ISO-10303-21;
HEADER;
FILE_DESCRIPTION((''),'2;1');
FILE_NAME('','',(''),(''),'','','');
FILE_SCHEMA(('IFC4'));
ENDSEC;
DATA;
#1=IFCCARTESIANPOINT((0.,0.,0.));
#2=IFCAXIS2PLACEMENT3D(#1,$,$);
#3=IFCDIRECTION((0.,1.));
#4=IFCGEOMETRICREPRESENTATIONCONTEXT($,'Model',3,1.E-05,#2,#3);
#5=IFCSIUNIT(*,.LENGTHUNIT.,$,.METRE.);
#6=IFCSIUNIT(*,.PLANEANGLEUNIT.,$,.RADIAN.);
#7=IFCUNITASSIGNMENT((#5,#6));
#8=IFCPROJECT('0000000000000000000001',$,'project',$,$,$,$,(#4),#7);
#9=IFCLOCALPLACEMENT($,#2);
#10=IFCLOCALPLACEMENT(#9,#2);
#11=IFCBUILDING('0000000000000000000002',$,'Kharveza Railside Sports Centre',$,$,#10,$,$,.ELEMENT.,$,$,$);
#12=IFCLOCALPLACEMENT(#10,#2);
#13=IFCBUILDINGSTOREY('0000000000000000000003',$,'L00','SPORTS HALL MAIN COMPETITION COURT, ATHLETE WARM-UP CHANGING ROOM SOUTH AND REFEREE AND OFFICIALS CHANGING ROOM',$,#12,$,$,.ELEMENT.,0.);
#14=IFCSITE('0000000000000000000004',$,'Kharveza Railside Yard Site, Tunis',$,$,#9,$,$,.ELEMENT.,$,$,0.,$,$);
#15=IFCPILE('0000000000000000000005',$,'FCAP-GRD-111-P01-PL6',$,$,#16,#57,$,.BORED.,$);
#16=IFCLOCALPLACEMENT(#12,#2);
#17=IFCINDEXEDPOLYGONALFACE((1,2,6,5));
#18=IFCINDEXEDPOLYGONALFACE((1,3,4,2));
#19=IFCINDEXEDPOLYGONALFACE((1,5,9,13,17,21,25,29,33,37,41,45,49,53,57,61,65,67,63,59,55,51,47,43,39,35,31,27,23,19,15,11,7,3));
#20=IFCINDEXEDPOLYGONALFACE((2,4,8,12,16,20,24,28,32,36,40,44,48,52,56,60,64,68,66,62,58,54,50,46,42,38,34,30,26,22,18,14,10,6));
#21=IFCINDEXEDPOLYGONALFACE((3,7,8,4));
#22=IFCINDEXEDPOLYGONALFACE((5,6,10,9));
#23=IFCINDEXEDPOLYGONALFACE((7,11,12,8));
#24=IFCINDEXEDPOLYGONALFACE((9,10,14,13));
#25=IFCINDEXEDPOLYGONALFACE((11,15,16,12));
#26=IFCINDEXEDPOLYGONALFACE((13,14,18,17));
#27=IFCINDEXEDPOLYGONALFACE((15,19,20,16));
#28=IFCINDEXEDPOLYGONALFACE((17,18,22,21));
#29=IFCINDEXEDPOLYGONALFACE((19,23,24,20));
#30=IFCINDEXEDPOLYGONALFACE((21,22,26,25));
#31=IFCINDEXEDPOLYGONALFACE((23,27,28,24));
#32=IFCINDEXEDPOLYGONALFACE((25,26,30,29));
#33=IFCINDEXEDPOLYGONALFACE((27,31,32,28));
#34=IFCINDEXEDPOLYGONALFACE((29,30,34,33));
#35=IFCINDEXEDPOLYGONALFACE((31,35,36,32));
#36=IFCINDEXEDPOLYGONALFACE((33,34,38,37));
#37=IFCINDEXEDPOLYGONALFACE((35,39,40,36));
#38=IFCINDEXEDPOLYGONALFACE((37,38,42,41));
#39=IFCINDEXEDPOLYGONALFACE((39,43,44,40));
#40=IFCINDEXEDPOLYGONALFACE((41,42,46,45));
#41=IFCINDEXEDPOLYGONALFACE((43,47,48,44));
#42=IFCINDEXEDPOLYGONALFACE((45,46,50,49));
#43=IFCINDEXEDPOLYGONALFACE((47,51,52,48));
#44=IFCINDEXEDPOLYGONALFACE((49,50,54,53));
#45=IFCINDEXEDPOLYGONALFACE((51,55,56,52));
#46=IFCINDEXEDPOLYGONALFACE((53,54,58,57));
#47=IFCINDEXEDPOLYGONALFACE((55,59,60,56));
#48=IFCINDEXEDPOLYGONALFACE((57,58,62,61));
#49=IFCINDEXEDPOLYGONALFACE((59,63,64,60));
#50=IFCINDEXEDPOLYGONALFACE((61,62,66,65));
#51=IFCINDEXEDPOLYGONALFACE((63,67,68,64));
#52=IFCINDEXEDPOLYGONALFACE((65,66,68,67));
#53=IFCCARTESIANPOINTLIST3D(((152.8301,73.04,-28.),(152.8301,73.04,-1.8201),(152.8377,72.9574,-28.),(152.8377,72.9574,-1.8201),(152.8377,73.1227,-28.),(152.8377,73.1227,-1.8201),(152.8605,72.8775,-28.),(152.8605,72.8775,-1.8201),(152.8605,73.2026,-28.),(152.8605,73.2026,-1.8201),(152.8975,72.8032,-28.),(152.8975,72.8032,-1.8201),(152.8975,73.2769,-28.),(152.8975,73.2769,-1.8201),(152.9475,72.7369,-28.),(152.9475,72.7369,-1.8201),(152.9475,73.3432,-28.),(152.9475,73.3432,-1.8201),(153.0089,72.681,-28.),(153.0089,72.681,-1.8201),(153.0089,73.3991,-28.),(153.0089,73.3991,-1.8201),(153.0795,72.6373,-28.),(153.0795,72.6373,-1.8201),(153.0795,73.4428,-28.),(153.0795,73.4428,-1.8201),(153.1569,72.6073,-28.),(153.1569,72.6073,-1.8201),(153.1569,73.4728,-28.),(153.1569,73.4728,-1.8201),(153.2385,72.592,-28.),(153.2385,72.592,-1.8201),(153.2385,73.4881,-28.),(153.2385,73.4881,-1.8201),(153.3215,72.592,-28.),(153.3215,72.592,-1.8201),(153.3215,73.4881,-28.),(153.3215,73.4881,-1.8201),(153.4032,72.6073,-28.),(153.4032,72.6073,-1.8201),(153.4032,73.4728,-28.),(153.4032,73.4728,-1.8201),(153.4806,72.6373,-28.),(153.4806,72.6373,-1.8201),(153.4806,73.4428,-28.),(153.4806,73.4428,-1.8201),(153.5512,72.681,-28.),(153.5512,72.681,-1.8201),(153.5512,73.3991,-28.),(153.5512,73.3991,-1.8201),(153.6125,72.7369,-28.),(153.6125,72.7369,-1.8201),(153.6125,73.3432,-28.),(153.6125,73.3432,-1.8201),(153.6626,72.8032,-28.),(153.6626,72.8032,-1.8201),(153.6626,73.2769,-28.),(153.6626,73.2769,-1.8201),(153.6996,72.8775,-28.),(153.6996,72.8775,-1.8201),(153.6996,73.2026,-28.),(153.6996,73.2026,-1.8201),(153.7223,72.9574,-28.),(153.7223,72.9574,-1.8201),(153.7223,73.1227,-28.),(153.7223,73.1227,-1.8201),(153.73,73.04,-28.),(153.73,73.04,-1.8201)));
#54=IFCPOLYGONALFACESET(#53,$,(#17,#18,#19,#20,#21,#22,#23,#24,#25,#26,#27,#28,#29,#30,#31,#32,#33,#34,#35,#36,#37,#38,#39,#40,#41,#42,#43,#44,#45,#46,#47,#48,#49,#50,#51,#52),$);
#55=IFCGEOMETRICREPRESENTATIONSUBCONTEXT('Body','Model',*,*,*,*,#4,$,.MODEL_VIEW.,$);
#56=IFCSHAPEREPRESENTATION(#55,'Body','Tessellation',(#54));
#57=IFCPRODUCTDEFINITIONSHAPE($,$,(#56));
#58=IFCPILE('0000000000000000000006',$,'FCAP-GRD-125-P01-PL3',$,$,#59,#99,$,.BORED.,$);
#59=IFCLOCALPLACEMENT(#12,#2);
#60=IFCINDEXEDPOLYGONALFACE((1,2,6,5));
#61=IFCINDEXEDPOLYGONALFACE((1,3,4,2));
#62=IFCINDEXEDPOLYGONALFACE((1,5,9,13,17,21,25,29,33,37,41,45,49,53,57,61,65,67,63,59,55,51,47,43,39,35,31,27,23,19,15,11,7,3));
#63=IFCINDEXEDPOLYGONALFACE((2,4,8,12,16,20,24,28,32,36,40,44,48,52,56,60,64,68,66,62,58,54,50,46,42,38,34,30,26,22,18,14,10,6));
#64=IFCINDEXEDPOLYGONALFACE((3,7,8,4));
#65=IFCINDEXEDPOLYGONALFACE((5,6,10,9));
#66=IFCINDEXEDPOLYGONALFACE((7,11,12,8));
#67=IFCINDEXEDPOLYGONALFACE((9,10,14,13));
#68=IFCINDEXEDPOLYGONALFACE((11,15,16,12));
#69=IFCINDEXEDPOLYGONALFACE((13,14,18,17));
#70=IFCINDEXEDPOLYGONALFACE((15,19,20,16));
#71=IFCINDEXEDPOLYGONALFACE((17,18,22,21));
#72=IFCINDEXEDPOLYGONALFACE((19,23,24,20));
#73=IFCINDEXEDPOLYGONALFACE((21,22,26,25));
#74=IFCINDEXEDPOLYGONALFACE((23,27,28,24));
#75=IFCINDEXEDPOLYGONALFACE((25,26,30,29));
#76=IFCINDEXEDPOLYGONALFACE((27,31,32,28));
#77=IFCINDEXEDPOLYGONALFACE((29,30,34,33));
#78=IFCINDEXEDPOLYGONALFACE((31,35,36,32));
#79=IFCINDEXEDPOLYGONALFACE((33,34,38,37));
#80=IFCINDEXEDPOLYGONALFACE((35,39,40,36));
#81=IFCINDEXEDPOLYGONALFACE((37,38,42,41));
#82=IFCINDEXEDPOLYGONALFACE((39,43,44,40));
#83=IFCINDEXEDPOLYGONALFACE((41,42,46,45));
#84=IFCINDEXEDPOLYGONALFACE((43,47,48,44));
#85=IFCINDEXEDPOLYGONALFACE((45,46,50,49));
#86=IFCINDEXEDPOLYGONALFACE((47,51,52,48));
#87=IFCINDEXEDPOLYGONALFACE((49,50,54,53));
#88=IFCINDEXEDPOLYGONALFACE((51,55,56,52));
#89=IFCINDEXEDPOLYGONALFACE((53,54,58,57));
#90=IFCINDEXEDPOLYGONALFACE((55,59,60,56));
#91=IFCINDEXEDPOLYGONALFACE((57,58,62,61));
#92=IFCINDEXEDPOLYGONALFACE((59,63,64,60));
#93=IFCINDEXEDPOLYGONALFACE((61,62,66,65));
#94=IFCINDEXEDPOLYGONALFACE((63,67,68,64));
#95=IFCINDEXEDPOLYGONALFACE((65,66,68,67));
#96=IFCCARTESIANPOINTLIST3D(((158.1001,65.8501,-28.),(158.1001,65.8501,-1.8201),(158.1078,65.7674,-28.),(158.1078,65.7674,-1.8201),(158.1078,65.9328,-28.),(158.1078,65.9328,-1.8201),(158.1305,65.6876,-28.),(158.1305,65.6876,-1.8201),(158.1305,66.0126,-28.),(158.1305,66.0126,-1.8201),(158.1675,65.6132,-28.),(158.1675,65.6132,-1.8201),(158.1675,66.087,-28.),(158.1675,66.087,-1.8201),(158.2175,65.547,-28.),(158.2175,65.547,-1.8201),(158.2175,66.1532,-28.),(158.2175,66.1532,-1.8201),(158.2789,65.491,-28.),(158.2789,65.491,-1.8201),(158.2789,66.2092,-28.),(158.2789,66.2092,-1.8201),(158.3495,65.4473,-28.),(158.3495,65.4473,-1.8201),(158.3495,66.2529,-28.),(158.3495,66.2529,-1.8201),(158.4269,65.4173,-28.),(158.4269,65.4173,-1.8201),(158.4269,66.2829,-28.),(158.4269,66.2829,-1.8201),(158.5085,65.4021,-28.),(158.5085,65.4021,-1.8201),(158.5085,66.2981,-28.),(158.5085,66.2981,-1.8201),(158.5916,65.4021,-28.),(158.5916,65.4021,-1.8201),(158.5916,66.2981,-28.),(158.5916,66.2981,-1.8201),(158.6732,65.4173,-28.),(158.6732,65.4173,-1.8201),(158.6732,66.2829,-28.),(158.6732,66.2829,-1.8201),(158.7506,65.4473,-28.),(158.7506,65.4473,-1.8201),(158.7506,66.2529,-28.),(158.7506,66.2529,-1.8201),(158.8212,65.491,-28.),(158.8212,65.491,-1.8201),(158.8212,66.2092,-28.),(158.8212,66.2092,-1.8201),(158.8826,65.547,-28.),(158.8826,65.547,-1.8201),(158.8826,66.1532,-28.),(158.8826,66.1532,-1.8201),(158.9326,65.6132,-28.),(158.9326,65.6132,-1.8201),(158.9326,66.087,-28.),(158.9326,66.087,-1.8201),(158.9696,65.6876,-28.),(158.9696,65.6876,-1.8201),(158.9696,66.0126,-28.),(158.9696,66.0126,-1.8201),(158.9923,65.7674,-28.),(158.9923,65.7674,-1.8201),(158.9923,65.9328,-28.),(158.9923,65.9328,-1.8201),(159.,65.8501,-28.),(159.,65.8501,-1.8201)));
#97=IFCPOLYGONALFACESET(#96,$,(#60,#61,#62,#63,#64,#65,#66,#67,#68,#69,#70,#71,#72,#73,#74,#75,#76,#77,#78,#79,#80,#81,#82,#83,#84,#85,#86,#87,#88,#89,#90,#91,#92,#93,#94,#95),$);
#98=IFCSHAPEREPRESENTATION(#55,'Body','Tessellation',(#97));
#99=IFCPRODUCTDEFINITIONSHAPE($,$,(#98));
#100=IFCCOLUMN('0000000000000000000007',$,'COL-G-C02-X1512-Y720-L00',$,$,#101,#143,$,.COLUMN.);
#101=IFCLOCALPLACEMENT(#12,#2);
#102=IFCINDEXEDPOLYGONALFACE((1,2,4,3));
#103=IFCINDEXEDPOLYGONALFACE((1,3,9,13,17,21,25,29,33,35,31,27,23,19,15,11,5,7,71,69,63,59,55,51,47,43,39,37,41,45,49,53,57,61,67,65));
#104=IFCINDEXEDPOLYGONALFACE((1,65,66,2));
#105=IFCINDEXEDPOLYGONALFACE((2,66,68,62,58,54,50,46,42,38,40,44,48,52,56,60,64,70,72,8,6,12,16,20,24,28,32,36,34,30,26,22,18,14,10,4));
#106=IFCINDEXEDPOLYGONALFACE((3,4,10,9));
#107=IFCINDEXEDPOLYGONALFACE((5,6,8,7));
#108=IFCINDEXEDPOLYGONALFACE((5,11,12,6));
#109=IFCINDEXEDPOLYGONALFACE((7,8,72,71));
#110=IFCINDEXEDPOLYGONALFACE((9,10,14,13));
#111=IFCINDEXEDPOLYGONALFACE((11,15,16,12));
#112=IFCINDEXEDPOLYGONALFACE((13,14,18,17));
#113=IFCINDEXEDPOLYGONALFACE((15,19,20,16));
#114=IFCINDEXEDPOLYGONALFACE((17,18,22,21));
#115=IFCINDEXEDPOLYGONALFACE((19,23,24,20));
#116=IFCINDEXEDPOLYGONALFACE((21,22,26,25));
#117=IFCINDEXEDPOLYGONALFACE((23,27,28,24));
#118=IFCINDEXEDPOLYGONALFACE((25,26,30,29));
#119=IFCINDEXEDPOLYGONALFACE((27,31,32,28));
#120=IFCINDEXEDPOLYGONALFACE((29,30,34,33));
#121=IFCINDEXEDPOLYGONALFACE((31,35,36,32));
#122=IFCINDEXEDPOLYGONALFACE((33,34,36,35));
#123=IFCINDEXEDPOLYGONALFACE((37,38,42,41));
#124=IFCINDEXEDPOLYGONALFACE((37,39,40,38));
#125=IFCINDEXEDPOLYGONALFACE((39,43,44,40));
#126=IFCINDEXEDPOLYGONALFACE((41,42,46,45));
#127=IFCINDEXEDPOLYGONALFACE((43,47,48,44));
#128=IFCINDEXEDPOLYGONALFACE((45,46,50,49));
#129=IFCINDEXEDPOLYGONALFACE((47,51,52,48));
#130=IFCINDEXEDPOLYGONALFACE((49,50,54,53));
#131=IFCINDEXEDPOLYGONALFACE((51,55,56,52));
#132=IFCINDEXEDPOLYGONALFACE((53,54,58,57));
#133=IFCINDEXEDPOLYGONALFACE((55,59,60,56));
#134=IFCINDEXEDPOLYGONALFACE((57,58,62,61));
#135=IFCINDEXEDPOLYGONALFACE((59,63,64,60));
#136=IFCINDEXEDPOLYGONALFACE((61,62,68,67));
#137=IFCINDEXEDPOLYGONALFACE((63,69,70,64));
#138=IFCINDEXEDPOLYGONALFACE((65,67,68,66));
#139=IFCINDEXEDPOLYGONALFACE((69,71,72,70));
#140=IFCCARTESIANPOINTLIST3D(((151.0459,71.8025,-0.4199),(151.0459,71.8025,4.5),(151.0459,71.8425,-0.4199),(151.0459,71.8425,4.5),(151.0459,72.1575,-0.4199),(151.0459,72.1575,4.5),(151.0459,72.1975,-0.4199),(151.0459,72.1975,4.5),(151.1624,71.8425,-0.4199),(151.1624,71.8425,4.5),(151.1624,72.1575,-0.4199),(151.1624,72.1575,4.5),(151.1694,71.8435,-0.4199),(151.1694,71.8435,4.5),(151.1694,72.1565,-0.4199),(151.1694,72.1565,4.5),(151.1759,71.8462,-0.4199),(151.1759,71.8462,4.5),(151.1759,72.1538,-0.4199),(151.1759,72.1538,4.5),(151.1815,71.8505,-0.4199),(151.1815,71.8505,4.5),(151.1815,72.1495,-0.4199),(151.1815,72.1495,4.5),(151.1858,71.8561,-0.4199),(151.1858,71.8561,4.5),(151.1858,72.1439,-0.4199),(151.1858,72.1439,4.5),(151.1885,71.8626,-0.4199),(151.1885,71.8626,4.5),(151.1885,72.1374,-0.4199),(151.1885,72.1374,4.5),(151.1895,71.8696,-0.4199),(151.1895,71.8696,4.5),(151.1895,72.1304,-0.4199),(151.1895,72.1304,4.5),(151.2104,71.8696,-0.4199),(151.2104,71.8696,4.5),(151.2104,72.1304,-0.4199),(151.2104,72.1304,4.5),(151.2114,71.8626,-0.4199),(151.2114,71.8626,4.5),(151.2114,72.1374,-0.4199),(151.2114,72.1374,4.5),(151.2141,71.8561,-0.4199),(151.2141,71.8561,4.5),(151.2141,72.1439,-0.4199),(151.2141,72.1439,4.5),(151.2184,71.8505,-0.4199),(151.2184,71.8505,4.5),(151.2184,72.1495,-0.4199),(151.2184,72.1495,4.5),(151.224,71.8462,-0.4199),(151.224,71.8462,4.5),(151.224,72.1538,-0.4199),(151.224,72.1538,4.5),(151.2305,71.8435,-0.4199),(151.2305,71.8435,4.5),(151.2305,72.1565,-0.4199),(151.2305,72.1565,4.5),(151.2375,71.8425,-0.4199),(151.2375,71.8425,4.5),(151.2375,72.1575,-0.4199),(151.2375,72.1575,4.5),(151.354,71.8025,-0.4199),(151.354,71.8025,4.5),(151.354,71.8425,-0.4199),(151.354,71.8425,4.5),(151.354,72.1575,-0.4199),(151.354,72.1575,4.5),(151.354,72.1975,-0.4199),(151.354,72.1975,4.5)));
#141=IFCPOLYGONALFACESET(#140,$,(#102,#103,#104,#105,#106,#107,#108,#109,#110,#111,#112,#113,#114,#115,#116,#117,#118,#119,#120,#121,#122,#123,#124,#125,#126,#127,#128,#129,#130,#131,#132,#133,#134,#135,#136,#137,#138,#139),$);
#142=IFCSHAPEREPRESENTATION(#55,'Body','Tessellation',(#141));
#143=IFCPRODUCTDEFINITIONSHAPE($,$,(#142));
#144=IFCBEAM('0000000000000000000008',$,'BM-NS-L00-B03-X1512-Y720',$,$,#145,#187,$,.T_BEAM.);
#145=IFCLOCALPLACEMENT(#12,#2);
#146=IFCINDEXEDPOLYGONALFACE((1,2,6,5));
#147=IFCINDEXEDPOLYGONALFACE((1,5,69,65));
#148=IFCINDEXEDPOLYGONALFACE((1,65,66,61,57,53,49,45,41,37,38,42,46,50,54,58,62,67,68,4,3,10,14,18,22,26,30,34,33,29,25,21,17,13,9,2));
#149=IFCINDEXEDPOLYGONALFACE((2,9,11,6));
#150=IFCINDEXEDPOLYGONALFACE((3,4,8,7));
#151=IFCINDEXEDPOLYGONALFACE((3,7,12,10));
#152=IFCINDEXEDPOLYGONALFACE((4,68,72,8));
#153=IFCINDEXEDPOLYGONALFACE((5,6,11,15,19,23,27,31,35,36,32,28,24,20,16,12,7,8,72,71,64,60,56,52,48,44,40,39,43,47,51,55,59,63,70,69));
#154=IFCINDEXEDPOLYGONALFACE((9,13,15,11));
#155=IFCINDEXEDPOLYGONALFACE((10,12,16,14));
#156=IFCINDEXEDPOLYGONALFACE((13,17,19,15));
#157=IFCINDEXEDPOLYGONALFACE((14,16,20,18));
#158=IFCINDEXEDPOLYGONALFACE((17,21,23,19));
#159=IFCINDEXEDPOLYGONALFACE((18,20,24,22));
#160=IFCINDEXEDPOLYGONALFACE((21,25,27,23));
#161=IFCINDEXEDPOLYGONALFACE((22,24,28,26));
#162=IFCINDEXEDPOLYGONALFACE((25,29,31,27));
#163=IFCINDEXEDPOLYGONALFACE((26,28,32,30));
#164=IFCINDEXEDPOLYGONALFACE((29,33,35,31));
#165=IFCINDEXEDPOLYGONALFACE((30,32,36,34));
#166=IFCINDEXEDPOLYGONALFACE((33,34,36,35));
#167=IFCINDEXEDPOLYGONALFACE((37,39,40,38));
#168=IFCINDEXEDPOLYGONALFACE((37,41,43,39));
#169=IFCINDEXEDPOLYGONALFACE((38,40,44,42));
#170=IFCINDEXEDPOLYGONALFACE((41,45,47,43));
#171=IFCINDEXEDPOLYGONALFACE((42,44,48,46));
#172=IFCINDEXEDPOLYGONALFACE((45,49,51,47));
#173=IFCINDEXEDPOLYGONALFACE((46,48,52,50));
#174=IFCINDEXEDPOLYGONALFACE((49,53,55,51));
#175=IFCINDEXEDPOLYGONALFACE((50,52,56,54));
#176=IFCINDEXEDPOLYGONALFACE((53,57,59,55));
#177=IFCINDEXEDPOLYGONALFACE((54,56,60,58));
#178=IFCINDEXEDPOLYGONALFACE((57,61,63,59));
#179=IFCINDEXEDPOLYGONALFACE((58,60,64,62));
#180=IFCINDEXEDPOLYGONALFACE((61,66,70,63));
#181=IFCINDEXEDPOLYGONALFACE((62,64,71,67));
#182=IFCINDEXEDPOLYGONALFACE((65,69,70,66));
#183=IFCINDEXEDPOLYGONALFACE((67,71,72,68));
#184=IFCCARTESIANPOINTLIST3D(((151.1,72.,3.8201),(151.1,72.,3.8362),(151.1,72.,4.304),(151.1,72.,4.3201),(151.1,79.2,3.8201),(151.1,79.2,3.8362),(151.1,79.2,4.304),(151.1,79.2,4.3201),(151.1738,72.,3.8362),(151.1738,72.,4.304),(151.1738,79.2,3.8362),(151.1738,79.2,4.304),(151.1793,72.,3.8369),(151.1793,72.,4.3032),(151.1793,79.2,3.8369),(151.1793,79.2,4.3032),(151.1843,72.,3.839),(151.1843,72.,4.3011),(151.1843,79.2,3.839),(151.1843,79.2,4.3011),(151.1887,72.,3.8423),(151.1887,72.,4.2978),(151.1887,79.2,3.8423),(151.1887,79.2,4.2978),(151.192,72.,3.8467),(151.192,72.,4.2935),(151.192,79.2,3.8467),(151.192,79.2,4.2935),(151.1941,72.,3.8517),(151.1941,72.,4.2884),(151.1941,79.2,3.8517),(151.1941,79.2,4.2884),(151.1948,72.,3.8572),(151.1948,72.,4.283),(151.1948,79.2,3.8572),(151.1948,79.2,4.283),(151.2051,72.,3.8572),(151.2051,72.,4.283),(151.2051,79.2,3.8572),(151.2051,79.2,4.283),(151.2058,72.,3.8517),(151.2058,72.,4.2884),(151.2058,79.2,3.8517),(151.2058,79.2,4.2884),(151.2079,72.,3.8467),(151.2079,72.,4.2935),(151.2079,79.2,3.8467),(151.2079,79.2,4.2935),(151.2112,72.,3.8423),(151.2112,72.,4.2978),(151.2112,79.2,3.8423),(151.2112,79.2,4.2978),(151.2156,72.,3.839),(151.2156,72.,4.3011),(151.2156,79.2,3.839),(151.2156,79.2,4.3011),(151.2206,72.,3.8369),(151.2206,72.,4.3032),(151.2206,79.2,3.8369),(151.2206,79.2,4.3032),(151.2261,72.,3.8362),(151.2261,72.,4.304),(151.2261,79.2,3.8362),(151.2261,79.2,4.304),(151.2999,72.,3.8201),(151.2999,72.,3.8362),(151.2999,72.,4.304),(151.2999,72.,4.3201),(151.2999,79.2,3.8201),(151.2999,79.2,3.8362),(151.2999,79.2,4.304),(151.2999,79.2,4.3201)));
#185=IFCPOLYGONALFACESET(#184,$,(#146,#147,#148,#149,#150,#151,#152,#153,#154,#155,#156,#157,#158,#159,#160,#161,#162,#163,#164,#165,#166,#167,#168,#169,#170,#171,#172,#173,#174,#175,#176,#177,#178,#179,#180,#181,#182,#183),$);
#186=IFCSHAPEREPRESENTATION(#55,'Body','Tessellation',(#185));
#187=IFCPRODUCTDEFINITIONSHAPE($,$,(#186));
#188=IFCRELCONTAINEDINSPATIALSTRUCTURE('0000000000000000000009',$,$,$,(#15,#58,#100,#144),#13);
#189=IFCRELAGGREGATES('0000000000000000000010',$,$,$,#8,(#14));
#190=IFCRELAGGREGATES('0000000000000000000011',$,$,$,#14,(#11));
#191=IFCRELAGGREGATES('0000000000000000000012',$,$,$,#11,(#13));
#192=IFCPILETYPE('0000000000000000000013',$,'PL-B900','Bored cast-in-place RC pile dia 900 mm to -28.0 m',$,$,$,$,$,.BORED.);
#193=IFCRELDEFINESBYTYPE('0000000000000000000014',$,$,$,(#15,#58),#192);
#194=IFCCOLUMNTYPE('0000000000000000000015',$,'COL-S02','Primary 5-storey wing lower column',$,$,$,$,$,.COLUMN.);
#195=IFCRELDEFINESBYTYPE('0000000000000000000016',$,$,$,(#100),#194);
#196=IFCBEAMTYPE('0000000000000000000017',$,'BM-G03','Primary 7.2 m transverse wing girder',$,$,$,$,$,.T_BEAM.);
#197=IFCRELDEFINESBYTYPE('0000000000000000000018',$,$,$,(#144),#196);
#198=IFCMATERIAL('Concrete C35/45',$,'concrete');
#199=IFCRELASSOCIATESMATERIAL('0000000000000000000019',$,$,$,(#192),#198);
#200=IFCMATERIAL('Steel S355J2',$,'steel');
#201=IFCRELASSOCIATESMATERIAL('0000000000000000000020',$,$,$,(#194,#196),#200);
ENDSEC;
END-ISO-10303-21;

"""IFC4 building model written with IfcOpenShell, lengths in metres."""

from ifc_helpers import new_model, si_unit, direction, frame, origin, origin_2d, place, context, subcontext, project, spatial, circle, i_section, extrude, material, material_profile, profile_set, type_object, element, save


model = new_model("IFC4")

# Units and contexts
model_context = context("Model", 3, precision=1e-05, world=origin(), true_north=direction((0.0, 1.0)))
body_context = subcontext(model_context, "Body", "Model", "MODEL_VIEW")
ifc_project = project(units=[si_unit("LENGTHUNIT", "METRE"), si_unit("PLANEANGLEUNIT", "RADIAN")], contexts=[model_context])

# Site, building, storey
site_placement = place(None, origin())
site = spatial("IfcSite", under=ifc_project, at=site_placement, Name="Kharveza Railside Yard Site, Tunis", CompositionType="ELEMENT", RefElevation=0.0)
building_placement = place(site_placement, origin())
building = spatial("IfcBuilding", under=site, at=building_placement, Name="Kharveza Railside Sports Centre", CompositionType="ELEMENT")
storey_placement = place(building_placement, origin())
storey = spatial("IfcBuildingStorey", under=building, at=storey_placement, Name="L00", Description="SPORTS HALL MAIN COMPETITION COURT, ATHLETE WARM-UP CHANGING ROOM SOUTH AND REFEREE AND OFFICIALS CHANGING ROOM", CompositionType="ELEMENT", Elevation=0.0)

# Shared definitions
ifc_material_1 = material(Name="Concrete C35/45", Category="concrete")

# Piles
ifc_material_profile_1 = material_profile(ifc_material_1, circle(Radius=0.45, at=origin_2d()), Name="PILE D900")
ifc_profile_set_1 = profile_set([ifc_material_profile_1], Name="Concrete C35/45")
pile_type_1 = type_object("IfcPileType", Name="PL-B900", Description="Bored cast-in-place RC pile dia 900 mm to -28.0 m", PredefinedType="BORED", material=ifc_profile_set_1)
for number, where, z_axis, x_axis, name in (
    (1, (153.28, 73.04, -1.8201), (0.0, 0.0, -1.0), (1.0, 0.0, 0.0), "FCAP-GRD-111-P01-PL6"),
    (2, (158.55, 65.8501, -1.8201), (0.0, 0.0, -1.0), (1.0, 0.0, 0.0), "FCAP-GRD-125-P01-PL3"),
):
    element("IfcPile", number, at=place(storey_placement, frame(where, z_axis=z_axis, x_axis=x_axis)), inside=storey, type_object=pile_type_1, Name=name, PredefinedType="BORED", context=body_context, shape_type="SweptSolid", body=[
        extrude(circle(Radius=0.45, at=origin_2d()), origin(), (0.0, 0.0, 1.0), 26.1799),
    ])

# Column
ifc_material_2 = material(Name="Steel S355J2", Category="steel")
ifc_material_profile_2 = material_profile(ifc_material_2, i_section(OverallWidth=0.3081, OverallDepth=0.395, WebThickness=0.021, FlangeThickness=0.04, FilletRadius=0.0271, at=origin_2d()), Name="HEM 360")
ifc_profile_set_2 = profile_set([ifc_material_profile_2], Name="Steel S355J2")
column_type = type_object("IfcColumnType", Name="COL-S02", Description="Primary 5-storey wing lower column", PredefinedType="COLUMN", material=ifc_profile_set_2)
column_placement = place(storey_placement, frame((151.2, 72.0, -0.4199), z_axis=(0.0, 0.0, 1.0), x_axis=(1.0, 0.0, 0.0)))
element("IfcColumn", 3, at=column_placement, inside=storey, type_object=column_type, Name="COL-G-C02-X1512-Y720-L00", PredefinedType="COLUMN", context=body_context, shape_type="SweptSolid", body=[
    extrude(i_section(OverallWidth=0.3081, OverallDepth=0.395, WebThickness=0.021, FlangeThickness=0.04, FilletRadius=0.0271, at=origin_2d()), origin(), (0.0, 0.0, 1.0), 4.9199),
])

# Beam
ifc_material_profile_3 = material_profile(ifc_material_2, i_section(OverallWidth=0.2, OverallDepth=0.5, WebThickness=0.0103, FlangeThickness=0.0161, FilletRadius=0.021, at=origin_2d()), Name="IPE 500")
ifc_profile_set_3 = profile_set([ifc_material_profile_3], Name="Steel S355J2")
beam_type_1 = type_object("IfcBeamType", Name="BM-G03", Description="Primary 7.2 m transverse wing girder", PredefinedType="T_BEAM", material=ifc_profile_set_3)
beam_1_placement = place(storey_placement, frame((151.2, 72.0, 4.0701), z_axis=(0.0, 1.0, 0.0), x_axis=(-1.0, 0.0, 0.0)))
element("IfcBeam", 4, at=beam_1_placement, inside=storey, type_object=beam_type_1, Name="BM-NS-L00-B03-X1512-Y720", PredefinedType="T_BEAM", context=body_context, shape_type="SweptSolid", body=[
    extrude(i_section(OverallWidth=0.2, OverallDepth=0.5, WebThickness=0.0103, FlangeThickness=0.0161, FilletRadius=0.021, at=origin_2d()), origin(), (0.0, 0.0, 1.0), 7.2),
])

save(model, "model.ifc")
